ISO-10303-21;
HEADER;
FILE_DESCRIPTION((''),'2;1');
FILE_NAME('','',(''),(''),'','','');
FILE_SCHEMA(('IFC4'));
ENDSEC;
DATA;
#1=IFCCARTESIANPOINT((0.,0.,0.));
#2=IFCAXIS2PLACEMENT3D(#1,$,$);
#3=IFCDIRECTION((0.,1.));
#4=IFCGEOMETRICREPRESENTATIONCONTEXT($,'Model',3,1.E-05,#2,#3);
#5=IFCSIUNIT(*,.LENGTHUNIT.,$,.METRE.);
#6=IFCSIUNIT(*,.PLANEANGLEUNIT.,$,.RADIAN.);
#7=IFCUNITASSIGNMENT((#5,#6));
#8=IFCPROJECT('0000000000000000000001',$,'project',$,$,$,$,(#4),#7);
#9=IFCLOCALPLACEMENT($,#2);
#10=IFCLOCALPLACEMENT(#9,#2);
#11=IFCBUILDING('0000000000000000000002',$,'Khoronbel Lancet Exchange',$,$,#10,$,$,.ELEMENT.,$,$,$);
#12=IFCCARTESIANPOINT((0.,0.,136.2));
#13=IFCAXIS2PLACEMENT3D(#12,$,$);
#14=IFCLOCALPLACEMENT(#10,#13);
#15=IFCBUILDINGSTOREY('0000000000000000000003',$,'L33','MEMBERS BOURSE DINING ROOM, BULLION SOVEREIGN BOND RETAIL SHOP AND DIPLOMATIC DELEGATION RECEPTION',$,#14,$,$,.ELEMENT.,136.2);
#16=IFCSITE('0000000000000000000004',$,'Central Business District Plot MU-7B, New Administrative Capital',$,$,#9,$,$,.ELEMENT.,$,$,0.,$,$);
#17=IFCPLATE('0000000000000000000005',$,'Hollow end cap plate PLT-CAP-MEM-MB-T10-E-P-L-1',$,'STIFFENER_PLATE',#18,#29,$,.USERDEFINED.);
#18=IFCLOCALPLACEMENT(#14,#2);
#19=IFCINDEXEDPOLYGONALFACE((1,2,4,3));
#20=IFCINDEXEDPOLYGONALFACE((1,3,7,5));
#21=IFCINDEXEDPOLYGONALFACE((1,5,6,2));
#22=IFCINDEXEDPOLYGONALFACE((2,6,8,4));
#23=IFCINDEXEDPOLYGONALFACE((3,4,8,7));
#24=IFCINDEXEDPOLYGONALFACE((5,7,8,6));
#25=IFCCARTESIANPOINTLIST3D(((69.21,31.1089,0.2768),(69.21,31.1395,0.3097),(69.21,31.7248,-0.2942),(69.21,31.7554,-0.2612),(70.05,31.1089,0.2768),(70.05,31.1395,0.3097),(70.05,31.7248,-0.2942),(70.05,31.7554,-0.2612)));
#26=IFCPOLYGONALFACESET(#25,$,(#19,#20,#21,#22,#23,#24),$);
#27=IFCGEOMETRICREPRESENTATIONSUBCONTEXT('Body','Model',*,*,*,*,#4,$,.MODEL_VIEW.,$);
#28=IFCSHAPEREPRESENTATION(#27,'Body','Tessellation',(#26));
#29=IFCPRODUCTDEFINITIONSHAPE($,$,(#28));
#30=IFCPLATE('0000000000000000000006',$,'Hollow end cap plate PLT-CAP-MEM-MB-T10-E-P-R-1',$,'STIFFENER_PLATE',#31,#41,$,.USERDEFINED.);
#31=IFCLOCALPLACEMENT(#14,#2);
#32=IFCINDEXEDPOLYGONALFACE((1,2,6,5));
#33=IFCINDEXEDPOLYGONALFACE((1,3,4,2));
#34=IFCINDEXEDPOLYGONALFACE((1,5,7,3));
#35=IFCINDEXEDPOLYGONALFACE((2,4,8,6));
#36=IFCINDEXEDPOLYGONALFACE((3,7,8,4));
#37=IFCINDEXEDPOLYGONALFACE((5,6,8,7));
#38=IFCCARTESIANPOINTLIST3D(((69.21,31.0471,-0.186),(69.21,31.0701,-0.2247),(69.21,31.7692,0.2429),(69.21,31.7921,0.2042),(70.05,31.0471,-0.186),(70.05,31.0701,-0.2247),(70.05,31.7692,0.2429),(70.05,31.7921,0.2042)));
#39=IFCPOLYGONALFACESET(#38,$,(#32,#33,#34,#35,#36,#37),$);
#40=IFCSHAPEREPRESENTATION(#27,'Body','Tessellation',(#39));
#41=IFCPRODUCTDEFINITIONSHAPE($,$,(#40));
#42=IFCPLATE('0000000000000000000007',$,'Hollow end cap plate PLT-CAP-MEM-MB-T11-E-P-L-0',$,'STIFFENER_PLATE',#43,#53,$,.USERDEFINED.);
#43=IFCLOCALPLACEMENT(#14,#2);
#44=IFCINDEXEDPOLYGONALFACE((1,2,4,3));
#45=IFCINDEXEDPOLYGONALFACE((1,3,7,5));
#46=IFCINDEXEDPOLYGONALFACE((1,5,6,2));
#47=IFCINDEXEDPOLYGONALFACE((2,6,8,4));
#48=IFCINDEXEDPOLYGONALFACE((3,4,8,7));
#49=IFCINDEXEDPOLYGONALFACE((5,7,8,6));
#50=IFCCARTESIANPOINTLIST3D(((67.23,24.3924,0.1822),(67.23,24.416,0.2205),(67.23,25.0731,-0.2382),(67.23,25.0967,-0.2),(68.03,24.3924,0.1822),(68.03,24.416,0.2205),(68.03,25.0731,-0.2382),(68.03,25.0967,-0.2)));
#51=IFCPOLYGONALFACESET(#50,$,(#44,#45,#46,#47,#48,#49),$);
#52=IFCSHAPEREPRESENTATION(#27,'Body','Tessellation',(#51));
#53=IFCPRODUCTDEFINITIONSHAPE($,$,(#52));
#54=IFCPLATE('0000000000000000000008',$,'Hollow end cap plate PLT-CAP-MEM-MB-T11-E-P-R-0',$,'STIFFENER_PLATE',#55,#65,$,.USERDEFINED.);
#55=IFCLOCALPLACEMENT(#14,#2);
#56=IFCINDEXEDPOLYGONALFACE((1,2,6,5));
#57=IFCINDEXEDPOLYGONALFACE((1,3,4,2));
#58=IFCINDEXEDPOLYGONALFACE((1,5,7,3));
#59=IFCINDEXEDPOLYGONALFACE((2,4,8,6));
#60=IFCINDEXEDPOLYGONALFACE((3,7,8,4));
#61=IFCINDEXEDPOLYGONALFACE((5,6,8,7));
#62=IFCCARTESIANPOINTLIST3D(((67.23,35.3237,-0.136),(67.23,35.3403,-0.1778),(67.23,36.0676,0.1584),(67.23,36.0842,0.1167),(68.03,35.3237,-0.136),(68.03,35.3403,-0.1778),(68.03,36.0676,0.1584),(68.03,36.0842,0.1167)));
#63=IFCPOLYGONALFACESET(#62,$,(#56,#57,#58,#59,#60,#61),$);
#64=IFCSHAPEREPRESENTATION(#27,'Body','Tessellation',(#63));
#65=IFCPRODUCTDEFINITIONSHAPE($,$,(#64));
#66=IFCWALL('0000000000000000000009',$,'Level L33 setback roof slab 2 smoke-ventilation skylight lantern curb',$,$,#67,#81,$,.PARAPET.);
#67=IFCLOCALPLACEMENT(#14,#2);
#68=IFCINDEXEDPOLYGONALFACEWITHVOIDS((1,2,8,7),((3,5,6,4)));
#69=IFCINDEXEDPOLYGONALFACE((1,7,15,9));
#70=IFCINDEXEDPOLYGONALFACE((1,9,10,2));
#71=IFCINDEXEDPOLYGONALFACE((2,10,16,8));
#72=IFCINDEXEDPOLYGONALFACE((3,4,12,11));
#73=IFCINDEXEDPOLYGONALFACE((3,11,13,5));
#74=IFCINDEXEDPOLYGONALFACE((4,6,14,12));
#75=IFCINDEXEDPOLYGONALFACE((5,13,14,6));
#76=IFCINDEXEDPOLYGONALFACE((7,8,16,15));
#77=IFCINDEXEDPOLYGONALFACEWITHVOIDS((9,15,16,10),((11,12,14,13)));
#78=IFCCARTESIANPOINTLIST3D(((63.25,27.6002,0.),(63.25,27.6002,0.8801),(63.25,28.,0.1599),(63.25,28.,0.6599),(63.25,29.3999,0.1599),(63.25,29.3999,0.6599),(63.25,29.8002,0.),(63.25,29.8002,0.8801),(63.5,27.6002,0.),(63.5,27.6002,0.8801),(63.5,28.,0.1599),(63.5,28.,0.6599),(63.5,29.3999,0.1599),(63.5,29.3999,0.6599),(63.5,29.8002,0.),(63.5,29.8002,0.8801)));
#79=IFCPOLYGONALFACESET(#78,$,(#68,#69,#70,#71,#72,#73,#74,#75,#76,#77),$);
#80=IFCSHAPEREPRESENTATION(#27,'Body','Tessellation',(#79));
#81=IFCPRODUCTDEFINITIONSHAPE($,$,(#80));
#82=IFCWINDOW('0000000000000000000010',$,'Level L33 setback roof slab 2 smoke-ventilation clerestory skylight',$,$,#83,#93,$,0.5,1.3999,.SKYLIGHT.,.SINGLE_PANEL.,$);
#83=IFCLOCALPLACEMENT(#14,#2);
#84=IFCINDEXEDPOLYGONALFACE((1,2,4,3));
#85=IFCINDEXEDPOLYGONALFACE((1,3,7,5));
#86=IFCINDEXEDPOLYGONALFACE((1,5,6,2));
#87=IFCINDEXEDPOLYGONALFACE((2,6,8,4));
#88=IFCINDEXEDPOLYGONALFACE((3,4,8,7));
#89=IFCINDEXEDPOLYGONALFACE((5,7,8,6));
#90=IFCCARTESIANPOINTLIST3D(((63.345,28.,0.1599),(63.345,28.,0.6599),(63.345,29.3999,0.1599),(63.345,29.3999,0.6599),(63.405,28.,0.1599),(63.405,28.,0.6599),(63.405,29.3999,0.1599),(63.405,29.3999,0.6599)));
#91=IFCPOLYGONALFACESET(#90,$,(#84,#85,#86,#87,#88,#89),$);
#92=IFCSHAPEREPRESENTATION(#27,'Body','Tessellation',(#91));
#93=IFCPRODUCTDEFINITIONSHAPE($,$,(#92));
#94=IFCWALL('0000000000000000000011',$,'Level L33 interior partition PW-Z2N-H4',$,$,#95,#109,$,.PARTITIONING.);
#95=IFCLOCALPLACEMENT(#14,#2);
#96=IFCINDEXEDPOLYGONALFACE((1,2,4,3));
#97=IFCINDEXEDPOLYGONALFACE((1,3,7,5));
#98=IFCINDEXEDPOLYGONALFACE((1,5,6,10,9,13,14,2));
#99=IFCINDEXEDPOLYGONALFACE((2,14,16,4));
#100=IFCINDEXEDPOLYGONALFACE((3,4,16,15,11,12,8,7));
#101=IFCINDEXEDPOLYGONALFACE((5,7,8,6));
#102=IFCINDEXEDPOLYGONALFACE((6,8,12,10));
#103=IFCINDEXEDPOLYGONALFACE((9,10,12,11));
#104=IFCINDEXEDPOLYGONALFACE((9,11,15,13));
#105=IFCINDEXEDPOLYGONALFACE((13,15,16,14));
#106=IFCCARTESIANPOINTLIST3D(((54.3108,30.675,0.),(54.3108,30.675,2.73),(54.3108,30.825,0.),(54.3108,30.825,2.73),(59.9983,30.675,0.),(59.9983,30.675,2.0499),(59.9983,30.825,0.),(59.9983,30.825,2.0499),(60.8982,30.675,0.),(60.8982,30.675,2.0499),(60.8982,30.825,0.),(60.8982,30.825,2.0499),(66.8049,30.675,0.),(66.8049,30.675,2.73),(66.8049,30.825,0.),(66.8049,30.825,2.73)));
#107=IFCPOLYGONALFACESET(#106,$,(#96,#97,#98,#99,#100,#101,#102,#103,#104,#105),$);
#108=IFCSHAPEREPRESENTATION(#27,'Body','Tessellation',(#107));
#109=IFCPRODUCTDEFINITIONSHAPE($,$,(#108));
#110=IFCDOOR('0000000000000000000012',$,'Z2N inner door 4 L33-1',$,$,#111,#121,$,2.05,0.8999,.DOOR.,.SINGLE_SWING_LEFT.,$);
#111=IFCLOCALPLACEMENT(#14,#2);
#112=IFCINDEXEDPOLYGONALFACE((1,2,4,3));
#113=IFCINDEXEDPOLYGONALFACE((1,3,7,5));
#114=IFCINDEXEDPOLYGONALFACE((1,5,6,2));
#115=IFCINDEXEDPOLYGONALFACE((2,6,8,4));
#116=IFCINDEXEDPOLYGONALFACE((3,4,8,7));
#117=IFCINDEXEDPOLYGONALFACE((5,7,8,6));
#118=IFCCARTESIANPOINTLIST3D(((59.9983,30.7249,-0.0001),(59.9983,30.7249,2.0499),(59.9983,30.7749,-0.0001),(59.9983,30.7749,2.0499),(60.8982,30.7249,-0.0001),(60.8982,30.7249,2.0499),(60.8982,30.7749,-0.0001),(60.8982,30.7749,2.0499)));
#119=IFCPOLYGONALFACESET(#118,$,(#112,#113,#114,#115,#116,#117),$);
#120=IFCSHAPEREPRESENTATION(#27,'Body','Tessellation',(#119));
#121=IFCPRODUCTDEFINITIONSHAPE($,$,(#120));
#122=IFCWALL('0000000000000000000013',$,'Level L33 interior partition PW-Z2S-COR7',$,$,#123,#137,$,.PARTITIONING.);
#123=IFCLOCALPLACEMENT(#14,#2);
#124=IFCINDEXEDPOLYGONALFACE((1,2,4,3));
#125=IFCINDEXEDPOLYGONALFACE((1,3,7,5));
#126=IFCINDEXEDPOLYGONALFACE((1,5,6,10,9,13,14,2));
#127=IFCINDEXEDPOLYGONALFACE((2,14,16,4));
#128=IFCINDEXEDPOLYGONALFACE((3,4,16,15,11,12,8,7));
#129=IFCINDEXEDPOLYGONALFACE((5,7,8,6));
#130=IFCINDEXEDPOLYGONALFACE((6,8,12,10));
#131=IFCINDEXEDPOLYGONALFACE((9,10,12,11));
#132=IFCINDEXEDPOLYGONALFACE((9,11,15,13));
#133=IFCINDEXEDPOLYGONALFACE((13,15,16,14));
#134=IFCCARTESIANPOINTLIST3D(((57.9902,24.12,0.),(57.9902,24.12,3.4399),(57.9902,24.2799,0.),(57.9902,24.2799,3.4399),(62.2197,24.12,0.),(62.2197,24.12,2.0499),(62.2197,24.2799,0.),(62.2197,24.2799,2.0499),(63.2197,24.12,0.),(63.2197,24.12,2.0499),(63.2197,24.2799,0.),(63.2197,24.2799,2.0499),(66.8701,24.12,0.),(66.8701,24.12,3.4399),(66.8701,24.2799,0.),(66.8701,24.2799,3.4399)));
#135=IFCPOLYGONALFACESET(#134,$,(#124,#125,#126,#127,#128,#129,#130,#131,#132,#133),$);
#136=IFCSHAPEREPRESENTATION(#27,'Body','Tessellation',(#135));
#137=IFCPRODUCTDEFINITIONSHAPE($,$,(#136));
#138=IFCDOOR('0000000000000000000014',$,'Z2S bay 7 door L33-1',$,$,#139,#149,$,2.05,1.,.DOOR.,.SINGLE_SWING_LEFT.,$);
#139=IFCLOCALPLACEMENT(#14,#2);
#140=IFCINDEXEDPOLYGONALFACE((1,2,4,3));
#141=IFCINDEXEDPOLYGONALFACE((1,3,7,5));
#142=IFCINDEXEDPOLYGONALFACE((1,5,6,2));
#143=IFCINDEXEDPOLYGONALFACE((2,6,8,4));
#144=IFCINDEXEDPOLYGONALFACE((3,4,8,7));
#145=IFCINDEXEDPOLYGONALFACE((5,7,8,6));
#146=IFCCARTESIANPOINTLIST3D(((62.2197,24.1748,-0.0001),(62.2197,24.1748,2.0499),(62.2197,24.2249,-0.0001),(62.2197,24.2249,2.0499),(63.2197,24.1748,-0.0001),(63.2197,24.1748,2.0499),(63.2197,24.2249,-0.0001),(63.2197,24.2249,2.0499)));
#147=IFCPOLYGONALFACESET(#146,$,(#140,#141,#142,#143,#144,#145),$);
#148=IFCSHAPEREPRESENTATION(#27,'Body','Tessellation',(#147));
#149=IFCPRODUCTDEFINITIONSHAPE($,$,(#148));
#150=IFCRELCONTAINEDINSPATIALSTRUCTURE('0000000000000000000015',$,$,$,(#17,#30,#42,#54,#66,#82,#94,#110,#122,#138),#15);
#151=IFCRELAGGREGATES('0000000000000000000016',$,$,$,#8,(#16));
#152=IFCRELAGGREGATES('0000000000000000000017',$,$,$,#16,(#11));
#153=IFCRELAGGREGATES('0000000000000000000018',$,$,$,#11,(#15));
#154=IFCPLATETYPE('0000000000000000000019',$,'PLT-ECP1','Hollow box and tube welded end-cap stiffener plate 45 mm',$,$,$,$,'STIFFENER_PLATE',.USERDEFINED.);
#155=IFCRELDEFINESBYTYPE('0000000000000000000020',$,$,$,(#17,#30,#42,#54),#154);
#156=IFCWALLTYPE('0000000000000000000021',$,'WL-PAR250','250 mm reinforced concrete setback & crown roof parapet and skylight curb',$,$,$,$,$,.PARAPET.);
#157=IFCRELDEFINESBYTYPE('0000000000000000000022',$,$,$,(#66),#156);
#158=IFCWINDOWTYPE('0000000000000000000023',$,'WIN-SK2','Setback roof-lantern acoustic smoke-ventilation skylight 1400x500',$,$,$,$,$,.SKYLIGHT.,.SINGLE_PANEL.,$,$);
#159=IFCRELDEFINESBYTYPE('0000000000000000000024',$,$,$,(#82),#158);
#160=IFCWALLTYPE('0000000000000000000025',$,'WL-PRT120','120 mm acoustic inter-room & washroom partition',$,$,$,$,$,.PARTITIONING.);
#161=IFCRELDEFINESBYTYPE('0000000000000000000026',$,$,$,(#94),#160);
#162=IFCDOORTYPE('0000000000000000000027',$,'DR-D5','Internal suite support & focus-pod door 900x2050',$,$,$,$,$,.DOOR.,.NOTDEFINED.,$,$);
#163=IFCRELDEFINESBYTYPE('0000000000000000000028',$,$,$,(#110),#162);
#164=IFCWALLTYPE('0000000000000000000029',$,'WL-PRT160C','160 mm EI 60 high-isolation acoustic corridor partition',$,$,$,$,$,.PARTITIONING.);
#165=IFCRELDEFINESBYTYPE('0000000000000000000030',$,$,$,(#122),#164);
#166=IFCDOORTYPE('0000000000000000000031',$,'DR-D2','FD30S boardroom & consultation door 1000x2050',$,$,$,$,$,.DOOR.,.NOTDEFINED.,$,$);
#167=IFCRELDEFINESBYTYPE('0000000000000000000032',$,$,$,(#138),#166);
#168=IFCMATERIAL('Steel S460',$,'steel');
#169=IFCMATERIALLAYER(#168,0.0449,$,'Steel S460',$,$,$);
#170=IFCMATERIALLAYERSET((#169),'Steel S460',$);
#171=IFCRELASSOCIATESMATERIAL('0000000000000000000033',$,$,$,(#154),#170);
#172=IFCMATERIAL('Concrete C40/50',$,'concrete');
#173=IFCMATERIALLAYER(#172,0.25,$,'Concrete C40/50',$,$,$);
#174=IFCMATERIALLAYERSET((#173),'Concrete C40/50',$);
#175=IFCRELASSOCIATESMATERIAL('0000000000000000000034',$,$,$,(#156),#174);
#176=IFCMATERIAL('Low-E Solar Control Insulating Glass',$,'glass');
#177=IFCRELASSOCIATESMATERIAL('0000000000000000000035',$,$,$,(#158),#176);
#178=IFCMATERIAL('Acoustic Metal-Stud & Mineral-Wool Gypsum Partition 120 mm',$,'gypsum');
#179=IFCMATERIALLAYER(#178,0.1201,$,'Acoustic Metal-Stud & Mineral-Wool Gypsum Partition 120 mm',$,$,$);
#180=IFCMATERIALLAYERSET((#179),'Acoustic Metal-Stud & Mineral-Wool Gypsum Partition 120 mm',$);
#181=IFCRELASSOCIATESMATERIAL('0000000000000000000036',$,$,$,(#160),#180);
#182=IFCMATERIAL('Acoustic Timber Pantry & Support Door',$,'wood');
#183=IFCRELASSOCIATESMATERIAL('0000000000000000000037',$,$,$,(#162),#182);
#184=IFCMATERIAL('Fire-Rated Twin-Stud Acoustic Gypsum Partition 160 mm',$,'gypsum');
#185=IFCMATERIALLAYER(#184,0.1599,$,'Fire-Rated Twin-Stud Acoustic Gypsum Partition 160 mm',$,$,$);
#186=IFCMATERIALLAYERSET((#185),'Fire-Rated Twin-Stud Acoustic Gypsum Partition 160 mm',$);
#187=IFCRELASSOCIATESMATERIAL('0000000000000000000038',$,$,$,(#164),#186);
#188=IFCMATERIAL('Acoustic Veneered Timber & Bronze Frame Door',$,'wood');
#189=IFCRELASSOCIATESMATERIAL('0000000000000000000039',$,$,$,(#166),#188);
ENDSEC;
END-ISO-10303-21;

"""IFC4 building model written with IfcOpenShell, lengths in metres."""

from ifc_helpers import new_model, si_unit, direction, frame, frame_2d, origin, place, context, subcontext, project, spatial, polyline, rectangle, outline, extrude, material, layer, layer_set, type_object, element, fill, save


model = new_model("IFC4")

# Units and contexts
model_context = context("Model", 3, precision=1e-05, world=origin(), true_north=direction((0.0, 1.0)))
body_context = subcontext(model_context, "Body", "Model", "MODEL_VIEW")
ifc_project = project(units=[si_unit("LENGTHUNIT", "METRE"), si_unit("PLANEANGLEUNIT", "RADIAN")], contexts=[model_context])

# Site, building, storey
site_placement = place(None, origin())
site = spatial("IfcSite", under=ifc_project, at=site_placement, Name="Central Business District Plot MU-7B, New Administrative Capital", CompositionType="ELEMENT", RefElevation=0.0)
building_placement = place(site_placement, origin())
building = spatial("IfcBuilding", under=site, at=building_placement, Name="Khoronbel Lancet Exchange", CompositionType="ELEMENT")
storey_placement = place(building_placement, frame((0.0, 0.0, 136.2)))
storey = spatial("IfcBuildingStorey", under=building, at=storey_placement, Name="L33", Description="MEMBERS BOURSE DINING ROOM, BULLION SOVEREIGN BOND RETAIL SHOP AND DIPLOMATIC DELEGATION RECEPTION", CompositionType="ELEMENT", Elevation=136.2)

# Shared definitions
ifc_material_1 = material(Name="Steel S460", Category="steel")

# Shared definitions
ifc_material_2 = material(Name="Low-E Solar Control Insulating Glass", Category="glass")

# Plates
ifc_layer_1 = layer(ifc_material_1, 0.0449, Name="Steel S460")
ifc_layer_set_1 = layer_set([ifc_layer_1], Name="Steel S460")
plate_type_1 = type_object("IfcPlateType", Name="PLT-ECP1", Description="Hollow box and tube welded end-cap stiffener plate 45 mm", ElementType="STIFFENER_PLATE", PredefinedType="USERDEFINED", material=ifc_layer_set_1)
for number, where, z_axis, x_axis, name in (
    (1, (70.05, 31.7554, -0.2612), (0.0, 0.67986, 0.733342), (-1.0, 0.0, 0.0), "Hollow end cap plate PLT-CAP-MEM-MB-T10-E-P-L-1"),
    (2, (69.21, 31.0471, -0.186), (0.0, -0.510686, 0.859767), (1.0, 0.0, 0.0), "Hollow end cap plate PLT-CAP-MEM-MB-T10-E-P-R-1"),
):
    element("IfcPlate", number, at=place(storey_placement, frame(where, z_axis=z_axis, x_axis=x_axis)), inside=storey, type_object=plate_type_1, Name=name, ObjectType="STIFFENER_PLATE", PredefinedType="USERDEFINED", context=body_context, shape_type="SweptSolid", body=[
        extrude(outline(polyline([(0.0, 0.0), (0.8401, 0.0), (0.8401, 0.8398), (0.0, 0.8398), (0.0, 0.0)])), origin(), (0.0, 0.0, -1.0), 0.0449),
    ])
for number, where, z_axis, x_axis, name in (
    (3, (68.03, 25.0967, -0.2), (0.0, 0.525493, 0.850798), (-1.0, 0.0, 0.0), "Hollow end cap plate PLT-CAP-MEM-MB-T11-E-P-L-0"),
    (4, (67.23, 35.3237, -0.136), (0.0, -0.368021, 0.929817), (1.0, 0.0, 0.0), "Hollow end cap plate PLT-CAP-MEM-MB-T11-E-P-R-0"),
):
    element("IfcPlate", number, at=place(storey_placement, frame(where, z_axis=z_axis, x_axis=x_axis)), inside=storey, type_object=plate_type_1, Name=name, ObjectType="STIFFENER_PLATE", PredefinedType="USERDEFINED", context=body_context, shape_type="SweptSolid", body=[
        extrude(outline(polyline([(0.0, 0.0), (0.8, 0.0), (0.8, 0.8), (0.0, 0.8), (0.0, 0.0)])), origin(), (0.0, 0.0, -1.0), 0.0449),
    ])

# Wall, opening, window
ifc_material_3 = material(Name="Concrete C40/50", Category="concrete")
ifc_layer_2 = layer(ifc_material_3, 0.25, Name="Concrete C40/50")
ifc_layer_set_2 = layer_set([ifc_layer_2], Name="Concrete C40/50")
wall_type_1 = type_object("IfcWallType", Name="WL-PAR250", Description="250 mm reinforced concrete setback & crown roof parapet and skylight curb", PredefinedType="PARAPET", material=ifc_layer_set_2)
wall_1_placement = place(storey_placement, frame((63.375, 27.6001, 0.0), z_axis=(0.0, 0.0, 1.0), x_axis=(0.0, 1.0, 0.0)))
wall_1 = element("IfcWall", 5, at=wall_1_placement, inside=storey, type_object=wall_type_1, Name="Level L33 setback roof slab 2 smoke-ventilation skylight lantern curb", PredefinedType="PARAPET", context=body_context, shape_type="SweptSolid", body=[
    extrude(rectangle(XDim=2.2, YDim=0.25, at=frame_2d((1.1001, 0.0))), origin(), (0.0, 0.0, 1.0), 0.8801),
])
opening_1_placement = place(wall_1_placement, frame((0.3999, 0.0, 0.1599)))
opening_1 = element("IfcOpeningElement", 6, at=opening_1_placement, cuts=wall_1, PredefinedType="OPENING", context=body_context, shape_type="SweptSolid", body=[
    extrude(rectangle(XDim=1.3999, YDim=0.5, at=frame_2d((0.7, 0.25))), frame((0.0, 0.135, 0.0), z_axis=(0.0, -1.0, 0.0), x_axis=(1.0, 0.0, 0.0)), (0.0, 0.0, 1.0), 0.27),
])
window_type = type_object("IfcWindowType", Name="WIN-SK2", Description="Setback roof-lantern acoustic smoke-ventilation skylight 1400x500", PartitioningType="SINGLE_PANEL", PredefinedType="SKYLIGHT", material=ifc_material_2)
window_placement = place(opening_1_placement, origin())
window = element("IfcWindow", 7, at=window_placement, inside=storey, type_object=window_type, Name="Level L33 setback roof slab 2 smoke-ventilation clerestory skylight", OverallHeight=0.5, OverallWidth=1.3999, PartitioningType="SINGLE_PANEL", PredefinedType="SKYLIGHT", context=body_context, shape_type="SweptSolid", body=[
    extrude(rectangle(XDim=1.3999, YDim=0.5, at=frame_2d((0.7, 0.25))), frame((0.0, 0.03, 0.0), z_axis=(0.0, -1.0, 0.0), x_axis=(1.0, 0.0, 0.0)), (0.0, 0.0, 1.0), 0.0601),
])
fill(opening_1, window)

# Walls, openings, doors
ifc_material_4 = material(Name="Acoustic Metal-Stud & Mineral-Wool Gypsum Partition 120 mm", Category="gypsum")
ifc_layer_3 = layer(ifc_material_4, 0.1201, Name="Acoustic Metal-Stud & Mineral-Wool Gypsum Partition 120 mm")
ifc_layer_set_3 = layer_set([ifc_layer_3], Name="Acoustic Metal-Stud & Mineral-Wool Gypsum Partition 120 mm")
wall_type_2 = type_object("IfcWallType", Name="WL-PRT120", Description="120 mm acoustic inter-room & washroom partition", PredefinedType="PARTITIONING", material=ifc_layer_set_3)
wall_2_placement = place(storey_placement, frame((54.3108, 30.75, 0.0), z_axis=(0.0, 0.0, 1.0), x_axis=(1.0, 0.0, 0.0)))
wall_2 = element("IfcWall", 8, at=wall_2_placement, inside=storey, type_object=wall_type_2, Name="Level L33 interior partition PW-Z2N-H4", PredefinedType="PARTITIONING", context=body_context, shape_type="SweptSolid", body=[
    extrude(rectangle(XDim=12.4941, YDim=0.1499, at=frame_2d((6.2471, 0.0))), origin(), (0.0, 0.0, 1.0), 2.73),
])
opening_2_placement = place(wall_2_placement, frame((5.6875, 0.0, 0.0)))
opening_2 = element("IfcOpeningElement", 9, at=opening_2_placement, cuts=wall_2, PredefinedType="OPENING", context=body_context, shape_type="SweptSolid", body=[
    extrude(rectangle(XDim=0.8999, YDim=2.05, at=frame_2d((0.45, 1.0249))), frame((0.0, 0.085, 0.0), z_axis=(0.0, -1.0, 0.0), x_axis=(1.0, 0.0, 0.0)), (0.0, 0.0, 1.0), 0.1699),
])
ifc_material_5 = material(Name="Acoustic Timber Pantry & Support Door", Category="wood")
door_type_1 = type_object("IfcDoorType", Name="DR-D5", Description="Internal suite support & focus-pod door 900x2050", OperationType="NOTDEFINED", PredefinedType="DOOR", material=ifc_material_5)
door_1_placement = place(opening_2_placement, origin())
door_1 = element("IfcDoor", 10, at=door_1_placement, inside=storey, type_object=door_type_1, Name="Z2N inner door 4 L33-1", OperationType="SINGLE_SWING_LEFT", OverallHeight=2.05, OverallWidth=0.8999, PredefinedType="DOOR", context=body_context, shape_type="SweptSolid", body=[
    extrude(rectangle(XDim=0.8999, YDim=2.05, at=frame_2d((0.45, 1.0249))), frame((0.0, 0.0249, 0.0), z_axis=(0.0, -1.0, 0.0), x_axis=(1.0, 0.0, 0.0)), (0.0, 0.0, 1.0), 0.05),
])
fill(opening_2, door_1)
ifc_material_6 = material(Name="Fire-Rated Twin-Stud Acoustic Gypsum Partition 160 mm", Category="gypsum")
ifc_layer_4 = layer(ifc_material_6, 0.1599, Name="Fire-Rated Twin-Stud Acoustic Gypsum Partition 160 mm")
ifc_layer_set_4 = layer_set([ifc_layer_4], Name="Fire-Rated Twin-Stud Acoustic Gypsum Partition 160 mm")
wall_type_3 = type_object("IfcWallType", Name="WL-PRT160C", Description="160 mm EI 60 high-isolation acoustic corridor partition", PredefinedType="PARTITIONING", material=ifc_layer_set_4)
wall_3_placement = place(storey_placement, frame((57.9902, 24.2, 0.0), z_axis=(0.0, 0.0, 1.0), x_axis=(1.0, 0.0, 0.0)))
wall_3 = element("IfcWall", 11, at=wall_3_placement, inside=storey, type_object=wall_type_3, Name="Level L33 interior partition PW-Z2S-COR7", PredefinedType="PARTITIONING", context=body_context, shape_type="SweptSolid", body=[
    extrude(rectangle(XDim=8.8799, YDim=0.1599, at=frame_2d((4.4399, 0.0))), origin(), (0.0, 0.0, 1.0), 3.4399),
])
opening_3_placement = place(wall_3_placement, frame((4.2295, 0.0, 0.0)))
opening_3 = element("IfcOpeningElement", 12, at=opening_3_placement, cuts=wall_3, PredefinedType="OPENING", context=body_context, shape_type="SweptSolid", body=[
    extrude(rectangle(XDim=1.0, YDim=2.05, at=frame_2d((0.5, 1.0249))), frame((0.0, 0.0898, 0.0), z_axis=(0.0, -1.0, 0.0), x_axis=(1.0, 0.0, 0.0)), (0.0, 0.0, 1.0), 0.1799),
])
ifc_material_7 = material(Name="Acoustic Veneered Timber & Bronze Frame Door", Category="wood")
door_type_2 = type_object("IfcDoorType", Name="DR-D2", Description="FD30S boardroom & consultation door 1000x2050", OperationType="NOTDEFINED", PredefinedType="DOOR", material=ifc_material_7)
door_2_placement = place(opening_3_placement, origin())
door_2 = element("IfcDoor", 13, at=door_2_placement, inside=storey, type_object=door_type_2, Name="Z2S bay 7 door L33-1", OperationType="SINGLE_SWING_LEFT", OverallHeight=2.05, OverallWidth=1.0, PredefinedType="DOOR", context=body_context, shape_type="SweptSolid", body=[
    extrude(rectangle(XDim=1.0, YDim=2.05, at=frame_2d((0.5, 1.0249))), frame((0.0, 0.0249, 0.0), z_axis=(0.0, -1.0, 0.0), x_axis=(1.0, 0.0, 0.0)), (0.0, 0.0, 1.0), 0.05),
])
fill(opening_3, door_2)

save(model, "model.ifc")
